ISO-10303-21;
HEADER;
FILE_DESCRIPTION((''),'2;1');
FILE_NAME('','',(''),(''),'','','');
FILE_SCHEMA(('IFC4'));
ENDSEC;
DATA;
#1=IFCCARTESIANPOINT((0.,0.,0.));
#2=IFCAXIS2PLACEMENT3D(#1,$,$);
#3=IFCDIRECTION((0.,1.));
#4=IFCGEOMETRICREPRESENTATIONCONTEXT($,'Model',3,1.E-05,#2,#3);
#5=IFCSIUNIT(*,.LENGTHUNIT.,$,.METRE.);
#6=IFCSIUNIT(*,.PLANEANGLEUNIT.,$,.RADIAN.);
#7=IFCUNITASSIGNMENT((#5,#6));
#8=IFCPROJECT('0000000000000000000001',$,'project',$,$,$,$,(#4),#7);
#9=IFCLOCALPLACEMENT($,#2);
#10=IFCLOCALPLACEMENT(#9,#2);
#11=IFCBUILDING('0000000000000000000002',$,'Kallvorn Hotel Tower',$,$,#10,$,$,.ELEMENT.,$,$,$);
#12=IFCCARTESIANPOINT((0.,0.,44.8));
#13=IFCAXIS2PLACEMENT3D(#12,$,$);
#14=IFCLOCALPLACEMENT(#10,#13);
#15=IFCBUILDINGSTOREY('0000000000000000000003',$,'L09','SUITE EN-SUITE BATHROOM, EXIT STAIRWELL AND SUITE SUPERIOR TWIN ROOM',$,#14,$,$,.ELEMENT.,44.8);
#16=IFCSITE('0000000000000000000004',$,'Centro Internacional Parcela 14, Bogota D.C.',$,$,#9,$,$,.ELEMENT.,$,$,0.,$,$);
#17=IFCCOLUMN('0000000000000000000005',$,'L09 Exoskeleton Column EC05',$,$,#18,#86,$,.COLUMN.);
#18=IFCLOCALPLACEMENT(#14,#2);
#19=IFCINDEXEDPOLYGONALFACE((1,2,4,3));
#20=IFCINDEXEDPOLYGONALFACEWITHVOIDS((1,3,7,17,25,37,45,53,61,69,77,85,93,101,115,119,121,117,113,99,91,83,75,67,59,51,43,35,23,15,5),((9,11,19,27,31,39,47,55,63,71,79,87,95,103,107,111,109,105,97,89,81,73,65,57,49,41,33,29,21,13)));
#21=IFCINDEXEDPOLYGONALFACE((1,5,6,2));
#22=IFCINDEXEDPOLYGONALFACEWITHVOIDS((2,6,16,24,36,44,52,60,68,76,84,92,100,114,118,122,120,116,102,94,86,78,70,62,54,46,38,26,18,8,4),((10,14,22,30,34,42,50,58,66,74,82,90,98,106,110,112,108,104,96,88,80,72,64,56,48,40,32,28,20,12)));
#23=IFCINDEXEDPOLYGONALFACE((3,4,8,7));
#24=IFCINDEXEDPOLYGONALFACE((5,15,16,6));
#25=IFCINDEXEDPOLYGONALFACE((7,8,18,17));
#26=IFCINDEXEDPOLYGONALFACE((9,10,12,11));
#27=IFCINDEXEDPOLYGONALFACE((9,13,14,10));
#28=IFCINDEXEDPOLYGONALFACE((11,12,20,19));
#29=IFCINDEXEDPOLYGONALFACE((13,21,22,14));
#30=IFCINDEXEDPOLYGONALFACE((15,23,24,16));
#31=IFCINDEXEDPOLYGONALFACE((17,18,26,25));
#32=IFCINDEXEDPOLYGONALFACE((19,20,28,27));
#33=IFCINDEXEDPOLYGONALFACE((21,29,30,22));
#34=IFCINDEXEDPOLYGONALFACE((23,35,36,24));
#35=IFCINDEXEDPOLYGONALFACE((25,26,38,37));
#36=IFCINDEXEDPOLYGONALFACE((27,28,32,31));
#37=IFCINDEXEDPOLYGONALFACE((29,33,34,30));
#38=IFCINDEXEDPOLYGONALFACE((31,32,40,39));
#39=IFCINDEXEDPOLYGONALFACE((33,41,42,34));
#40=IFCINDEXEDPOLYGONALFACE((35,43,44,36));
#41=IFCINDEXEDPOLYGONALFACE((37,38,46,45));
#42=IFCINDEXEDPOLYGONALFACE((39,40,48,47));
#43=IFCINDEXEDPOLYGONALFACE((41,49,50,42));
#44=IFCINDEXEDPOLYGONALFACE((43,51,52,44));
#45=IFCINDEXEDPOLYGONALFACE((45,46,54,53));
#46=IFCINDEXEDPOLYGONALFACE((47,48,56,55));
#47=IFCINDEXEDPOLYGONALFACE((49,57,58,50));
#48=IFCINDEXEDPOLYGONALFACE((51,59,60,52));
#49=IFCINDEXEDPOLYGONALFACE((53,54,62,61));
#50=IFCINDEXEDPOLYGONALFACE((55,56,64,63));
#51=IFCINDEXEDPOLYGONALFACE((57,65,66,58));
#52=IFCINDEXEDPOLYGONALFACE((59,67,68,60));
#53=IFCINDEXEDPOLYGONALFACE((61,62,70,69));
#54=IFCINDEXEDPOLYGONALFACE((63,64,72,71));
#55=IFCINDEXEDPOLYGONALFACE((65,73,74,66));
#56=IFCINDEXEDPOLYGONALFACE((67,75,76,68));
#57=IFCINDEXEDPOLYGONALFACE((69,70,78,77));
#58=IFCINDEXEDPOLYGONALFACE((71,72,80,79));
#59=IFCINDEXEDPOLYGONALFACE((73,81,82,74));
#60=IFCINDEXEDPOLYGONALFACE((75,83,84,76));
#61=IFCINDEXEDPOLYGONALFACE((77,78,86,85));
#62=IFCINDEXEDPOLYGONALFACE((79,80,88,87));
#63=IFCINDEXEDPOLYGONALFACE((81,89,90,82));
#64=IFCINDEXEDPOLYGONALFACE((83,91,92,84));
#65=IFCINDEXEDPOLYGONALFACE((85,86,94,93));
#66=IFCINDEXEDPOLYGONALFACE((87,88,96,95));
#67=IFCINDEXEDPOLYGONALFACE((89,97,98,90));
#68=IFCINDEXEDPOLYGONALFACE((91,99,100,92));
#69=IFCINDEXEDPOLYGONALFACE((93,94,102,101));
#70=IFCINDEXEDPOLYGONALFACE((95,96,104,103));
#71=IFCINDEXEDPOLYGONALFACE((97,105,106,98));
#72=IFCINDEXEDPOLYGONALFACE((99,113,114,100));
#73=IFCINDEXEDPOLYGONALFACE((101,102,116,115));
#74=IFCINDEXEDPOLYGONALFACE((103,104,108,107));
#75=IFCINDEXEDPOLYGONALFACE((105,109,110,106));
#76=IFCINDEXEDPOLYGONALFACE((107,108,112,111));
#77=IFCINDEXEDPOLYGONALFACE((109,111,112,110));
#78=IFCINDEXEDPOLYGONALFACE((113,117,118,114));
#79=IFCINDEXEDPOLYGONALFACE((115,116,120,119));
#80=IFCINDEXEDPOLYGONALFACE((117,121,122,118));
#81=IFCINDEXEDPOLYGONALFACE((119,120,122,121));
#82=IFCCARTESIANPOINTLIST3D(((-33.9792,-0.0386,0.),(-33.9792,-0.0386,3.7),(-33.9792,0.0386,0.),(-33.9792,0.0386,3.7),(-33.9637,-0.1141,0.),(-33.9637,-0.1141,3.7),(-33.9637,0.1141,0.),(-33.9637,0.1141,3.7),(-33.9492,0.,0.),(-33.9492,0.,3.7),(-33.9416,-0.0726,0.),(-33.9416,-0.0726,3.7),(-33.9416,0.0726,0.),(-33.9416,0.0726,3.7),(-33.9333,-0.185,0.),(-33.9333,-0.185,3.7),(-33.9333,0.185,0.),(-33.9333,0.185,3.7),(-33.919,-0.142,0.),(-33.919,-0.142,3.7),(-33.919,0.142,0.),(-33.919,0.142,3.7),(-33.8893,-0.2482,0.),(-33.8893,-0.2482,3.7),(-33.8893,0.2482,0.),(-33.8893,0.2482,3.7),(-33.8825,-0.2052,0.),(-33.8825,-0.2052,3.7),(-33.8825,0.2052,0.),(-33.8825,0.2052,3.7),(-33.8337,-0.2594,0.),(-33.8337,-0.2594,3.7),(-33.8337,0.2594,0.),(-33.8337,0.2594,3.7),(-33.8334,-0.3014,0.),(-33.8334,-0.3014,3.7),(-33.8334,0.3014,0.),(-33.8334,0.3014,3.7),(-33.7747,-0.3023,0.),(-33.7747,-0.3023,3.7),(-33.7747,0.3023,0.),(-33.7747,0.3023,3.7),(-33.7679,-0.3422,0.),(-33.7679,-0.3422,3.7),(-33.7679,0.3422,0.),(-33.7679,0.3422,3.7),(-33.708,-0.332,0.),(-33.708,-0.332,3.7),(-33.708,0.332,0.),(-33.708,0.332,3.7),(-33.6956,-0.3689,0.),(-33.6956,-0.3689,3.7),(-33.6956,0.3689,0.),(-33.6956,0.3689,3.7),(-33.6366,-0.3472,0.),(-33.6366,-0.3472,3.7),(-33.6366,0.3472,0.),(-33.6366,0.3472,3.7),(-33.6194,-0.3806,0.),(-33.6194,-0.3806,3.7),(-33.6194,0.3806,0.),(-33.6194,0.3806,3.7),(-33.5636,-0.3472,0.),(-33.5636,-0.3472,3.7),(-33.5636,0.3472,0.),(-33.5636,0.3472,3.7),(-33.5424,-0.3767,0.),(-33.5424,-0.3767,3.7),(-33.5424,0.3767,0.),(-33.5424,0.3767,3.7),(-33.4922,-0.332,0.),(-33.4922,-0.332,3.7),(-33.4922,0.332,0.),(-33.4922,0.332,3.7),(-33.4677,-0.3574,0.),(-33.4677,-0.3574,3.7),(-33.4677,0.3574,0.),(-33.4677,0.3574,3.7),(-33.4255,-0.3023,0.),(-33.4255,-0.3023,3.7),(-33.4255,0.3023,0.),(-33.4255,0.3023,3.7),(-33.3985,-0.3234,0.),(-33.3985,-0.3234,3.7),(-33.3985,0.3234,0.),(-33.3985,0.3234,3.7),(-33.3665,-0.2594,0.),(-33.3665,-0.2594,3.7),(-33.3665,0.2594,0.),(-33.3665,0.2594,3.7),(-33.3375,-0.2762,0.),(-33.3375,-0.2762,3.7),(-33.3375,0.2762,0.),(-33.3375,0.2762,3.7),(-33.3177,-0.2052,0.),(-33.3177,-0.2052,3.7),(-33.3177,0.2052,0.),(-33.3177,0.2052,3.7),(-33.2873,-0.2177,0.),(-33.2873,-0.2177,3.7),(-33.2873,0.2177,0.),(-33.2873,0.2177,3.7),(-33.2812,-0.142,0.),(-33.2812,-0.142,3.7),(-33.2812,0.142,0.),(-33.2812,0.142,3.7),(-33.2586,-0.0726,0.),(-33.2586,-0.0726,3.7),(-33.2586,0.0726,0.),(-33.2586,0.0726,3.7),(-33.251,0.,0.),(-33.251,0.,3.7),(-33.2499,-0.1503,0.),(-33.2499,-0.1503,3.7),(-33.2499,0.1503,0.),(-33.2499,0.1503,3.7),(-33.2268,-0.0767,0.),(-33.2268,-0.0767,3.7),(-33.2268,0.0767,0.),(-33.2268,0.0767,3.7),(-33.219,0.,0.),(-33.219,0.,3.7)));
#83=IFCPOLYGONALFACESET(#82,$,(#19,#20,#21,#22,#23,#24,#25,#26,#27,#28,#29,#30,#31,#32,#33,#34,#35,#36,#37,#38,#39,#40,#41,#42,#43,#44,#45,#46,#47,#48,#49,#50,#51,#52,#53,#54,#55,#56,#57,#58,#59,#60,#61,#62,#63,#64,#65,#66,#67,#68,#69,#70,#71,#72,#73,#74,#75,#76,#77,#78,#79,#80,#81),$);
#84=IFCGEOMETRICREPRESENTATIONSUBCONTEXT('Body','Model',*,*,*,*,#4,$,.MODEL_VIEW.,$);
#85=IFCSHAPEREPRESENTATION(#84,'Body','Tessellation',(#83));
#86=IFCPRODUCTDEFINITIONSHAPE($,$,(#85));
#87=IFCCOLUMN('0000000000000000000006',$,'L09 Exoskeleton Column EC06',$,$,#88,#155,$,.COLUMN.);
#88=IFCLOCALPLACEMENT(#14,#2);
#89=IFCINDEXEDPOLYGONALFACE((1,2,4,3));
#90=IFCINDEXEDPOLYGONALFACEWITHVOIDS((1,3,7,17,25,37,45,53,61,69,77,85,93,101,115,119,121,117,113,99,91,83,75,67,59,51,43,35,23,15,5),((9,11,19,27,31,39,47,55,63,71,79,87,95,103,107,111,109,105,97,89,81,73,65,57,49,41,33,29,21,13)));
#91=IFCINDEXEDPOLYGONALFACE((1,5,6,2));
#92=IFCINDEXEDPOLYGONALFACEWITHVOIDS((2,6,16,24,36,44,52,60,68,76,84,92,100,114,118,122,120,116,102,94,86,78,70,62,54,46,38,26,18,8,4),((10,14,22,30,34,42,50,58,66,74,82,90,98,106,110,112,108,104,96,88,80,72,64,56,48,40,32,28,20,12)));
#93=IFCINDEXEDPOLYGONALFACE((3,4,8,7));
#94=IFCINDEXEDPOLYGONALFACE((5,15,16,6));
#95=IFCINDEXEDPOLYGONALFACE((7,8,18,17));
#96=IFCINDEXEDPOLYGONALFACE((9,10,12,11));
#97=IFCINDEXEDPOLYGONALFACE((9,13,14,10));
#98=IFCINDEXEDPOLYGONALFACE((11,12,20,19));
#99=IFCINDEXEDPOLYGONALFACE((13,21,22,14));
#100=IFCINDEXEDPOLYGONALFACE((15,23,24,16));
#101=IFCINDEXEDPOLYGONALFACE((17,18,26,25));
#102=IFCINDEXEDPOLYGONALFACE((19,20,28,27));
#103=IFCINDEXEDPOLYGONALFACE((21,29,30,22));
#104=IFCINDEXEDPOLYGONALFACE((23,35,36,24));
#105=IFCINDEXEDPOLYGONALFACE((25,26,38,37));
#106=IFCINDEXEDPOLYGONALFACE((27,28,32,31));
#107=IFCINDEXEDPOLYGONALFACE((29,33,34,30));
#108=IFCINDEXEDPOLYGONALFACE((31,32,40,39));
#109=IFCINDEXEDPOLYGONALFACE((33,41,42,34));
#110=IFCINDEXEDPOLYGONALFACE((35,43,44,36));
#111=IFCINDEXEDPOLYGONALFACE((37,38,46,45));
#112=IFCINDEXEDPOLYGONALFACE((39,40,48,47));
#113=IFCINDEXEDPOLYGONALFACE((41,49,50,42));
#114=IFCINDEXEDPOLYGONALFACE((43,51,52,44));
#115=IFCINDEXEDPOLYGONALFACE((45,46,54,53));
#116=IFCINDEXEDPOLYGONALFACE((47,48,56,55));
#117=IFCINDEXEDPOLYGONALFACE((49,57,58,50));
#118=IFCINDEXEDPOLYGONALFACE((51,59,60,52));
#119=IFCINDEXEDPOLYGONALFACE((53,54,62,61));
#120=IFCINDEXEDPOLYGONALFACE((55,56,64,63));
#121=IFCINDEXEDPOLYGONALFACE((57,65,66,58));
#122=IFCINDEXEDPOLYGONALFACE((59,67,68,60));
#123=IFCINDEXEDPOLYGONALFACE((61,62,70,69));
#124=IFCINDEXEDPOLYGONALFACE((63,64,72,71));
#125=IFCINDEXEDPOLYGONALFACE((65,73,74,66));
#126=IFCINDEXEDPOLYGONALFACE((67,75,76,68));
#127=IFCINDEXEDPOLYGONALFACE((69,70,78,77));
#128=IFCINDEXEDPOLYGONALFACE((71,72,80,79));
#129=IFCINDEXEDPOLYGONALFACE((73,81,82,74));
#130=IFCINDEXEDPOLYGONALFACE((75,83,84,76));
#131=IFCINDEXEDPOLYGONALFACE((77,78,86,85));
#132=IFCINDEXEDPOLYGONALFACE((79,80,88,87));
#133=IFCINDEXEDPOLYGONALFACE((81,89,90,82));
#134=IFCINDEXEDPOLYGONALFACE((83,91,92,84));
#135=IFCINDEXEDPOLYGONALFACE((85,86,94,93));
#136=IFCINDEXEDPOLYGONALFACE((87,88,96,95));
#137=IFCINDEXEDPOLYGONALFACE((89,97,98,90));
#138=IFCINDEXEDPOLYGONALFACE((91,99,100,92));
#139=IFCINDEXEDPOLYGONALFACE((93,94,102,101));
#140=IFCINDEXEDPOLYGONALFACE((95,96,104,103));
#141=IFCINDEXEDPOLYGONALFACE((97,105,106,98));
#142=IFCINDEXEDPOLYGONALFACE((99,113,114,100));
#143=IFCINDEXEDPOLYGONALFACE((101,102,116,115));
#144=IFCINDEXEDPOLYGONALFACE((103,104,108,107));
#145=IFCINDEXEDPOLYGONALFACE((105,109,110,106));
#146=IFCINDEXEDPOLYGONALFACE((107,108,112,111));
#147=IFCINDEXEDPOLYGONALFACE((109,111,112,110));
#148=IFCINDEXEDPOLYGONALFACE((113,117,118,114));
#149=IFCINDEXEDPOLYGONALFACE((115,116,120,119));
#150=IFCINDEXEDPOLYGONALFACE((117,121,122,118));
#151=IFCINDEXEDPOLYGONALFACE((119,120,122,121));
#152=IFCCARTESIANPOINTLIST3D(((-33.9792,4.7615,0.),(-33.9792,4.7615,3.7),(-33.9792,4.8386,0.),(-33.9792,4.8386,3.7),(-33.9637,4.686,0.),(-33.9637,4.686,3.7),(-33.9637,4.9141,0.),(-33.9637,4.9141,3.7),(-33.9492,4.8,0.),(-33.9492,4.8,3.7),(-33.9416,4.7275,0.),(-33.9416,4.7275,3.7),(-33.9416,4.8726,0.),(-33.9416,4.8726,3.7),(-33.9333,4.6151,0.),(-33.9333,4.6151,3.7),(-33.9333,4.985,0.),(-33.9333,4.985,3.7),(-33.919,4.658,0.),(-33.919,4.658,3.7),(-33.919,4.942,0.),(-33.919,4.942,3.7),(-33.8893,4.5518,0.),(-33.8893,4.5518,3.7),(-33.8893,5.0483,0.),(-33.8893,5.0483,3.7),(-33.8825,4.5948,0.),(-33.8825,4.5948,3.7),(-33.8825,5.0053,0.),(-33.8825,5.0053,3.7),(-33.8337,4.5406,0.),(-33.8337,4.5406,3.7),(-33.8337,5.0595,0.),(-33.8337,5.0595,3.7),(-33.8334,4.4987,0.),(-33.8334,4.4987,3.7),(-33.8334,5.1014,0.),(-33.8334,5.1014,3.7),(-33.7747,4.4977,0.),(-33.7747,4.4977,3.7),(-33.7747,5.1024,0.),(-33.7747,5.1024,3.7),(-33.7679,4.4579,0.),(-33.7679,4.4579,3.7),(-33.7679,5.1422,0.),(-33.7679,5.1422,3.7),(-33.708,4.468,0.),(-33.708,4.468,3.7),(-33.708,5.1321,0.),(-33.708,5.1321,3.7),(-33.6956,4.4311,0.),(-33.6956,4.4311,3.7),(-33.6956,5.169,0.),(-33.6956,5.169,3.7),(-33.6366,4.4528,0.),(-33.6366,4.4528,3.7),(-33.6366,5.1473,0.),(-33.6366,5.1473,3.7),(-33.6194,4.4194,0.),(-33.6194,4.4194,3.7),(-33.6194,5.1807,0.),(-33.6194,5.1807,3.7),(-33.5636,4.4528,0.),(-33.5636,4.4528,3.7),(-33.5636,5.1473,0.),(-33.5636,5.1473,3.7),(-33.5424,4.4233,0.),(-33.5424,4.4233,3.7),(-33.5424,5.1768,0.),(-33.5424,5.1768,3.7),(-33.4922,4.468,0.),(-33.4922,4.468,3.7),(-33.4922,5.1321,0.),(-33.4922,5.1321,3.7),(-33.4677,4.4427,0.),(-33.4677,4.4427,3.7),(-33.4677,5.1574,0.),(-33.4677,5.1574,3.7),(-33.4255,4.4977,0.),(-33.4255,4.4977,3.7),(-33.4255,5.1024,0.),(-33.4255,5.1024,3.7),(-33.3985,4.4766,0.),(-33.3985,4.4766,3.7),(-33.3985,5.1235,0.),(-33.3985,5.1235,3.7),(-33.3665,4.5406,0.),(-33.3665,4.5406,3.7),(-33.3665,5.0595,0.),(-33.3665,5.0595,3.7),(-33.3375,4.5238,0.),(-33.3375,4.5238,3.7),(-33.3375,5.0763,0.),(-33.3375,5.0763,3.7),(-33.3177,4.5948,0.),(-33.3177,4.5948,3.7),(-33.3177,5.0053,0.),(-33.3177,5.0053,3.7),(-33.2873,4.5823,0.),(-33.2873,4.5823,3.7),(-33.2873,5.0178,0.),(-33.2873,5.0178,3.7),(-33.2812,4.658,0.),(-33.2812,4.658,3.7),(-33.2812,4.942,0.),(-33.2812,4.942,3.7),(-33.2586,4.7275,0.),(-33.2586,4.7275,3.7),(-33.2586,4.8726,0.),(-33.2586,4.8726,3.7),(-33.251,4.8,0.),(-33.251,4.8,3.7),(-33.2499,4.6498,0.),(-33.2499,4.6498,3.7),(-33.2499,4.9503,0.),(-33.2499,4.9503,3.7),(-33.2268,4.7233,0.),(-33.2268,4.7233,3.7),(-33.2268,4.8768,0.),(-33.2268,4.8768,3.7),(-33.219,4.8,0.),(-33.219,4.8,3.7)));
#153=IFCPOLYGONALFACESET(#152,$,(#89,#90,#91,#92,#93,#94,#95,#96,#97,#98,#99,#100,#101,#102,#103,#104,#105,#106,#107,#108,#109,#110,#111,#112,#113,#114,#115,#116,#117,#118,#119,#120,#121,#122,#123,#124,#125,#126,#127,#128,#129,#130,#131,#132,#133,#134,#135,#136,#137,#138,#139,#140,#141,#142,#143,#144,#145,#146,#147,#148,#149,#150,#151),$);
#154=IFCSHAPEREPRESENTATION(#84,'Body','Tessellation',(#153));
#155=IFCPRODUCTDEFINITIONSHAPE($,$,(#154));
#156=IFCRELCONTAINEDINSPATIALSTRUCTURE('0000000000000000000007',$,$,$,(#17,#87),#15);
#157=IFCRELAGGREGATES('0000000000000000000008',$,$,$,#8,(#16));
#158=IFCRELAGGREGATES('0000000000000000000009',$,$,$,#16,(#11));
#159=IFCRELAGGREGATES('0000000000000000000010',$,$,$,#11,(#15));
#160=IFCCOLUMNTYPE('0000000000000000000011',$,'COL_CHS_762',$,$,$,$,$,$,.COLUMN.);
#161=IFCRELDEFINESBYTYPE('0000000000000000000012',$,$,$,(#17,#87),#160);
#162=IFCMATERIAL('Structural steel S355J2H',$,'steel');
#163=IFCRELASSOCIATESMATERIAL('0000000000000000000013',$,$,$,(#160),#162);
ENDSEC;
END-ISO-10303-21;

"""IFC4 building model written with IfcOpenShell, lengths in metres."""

from ifc_helpers import new_model, si_unit, direction, frame, origin, origin_2d, place, context, subcontext, project, spatial, hollow_circle, extrude, material, material_profile, profile_set, type_object, element, save


model = new_model("IFC4")

# Units and contexts
model_context = context("Model", 3, precision=1e-05, world=origin(), true_north=direction((0.0, 1.0)))
body_context = subcontext(model_context, "Body", "Model", "MODEL_VIEW")
ifc_project = project(units=[si_unit("LENGTHUNIT", "METRE"), si_unit("PLANEANGLEUNIT", "RADIAN")], contexts=[model_context])

# Site, building, storey
site_placement = place(None, origin())
site = spatial("IfcSite", under=ifc_project, at=site_placement, Name="Centro Internacional Parcela 14, Bogota D.C.", CompositionType="ELEMENT", RefElevation=0.0)
building_placement = place(site_placement, origin())
building = spatial("IfcBuilding", under=site, at=building_placement, Name="Kallvorn Hotel Tower", CompositionType="ELEMENT")
storey_placement = place(building_placement, frame((0.0, 0.0, 44.8)))
storey = spatial("IfcBuildingStorey", under=building, at=storey_placement, Name="L09", Description="SUITE EN-SUITE BATHROOM, EXIT STAIRWELL AND SUITE SUPERIOR TWIN ROOM", CompositionType="ELEMENT", Elevation=44.8)

# Columns
ifc_material_1 = material(Name="Structural steel S355J2H", Category="steel")
ifc_material_profile_1 = material_profile(ifc_material_1, hollow_circle(Radius=0.3811, WallThickness=0.032, at=origin_2d()), Name="CHS 762x32")
ifc_profile_set_1 = profile_set([ifc_material_profile_1], Name="Structural steel S355J2H")
column_type = type_object("IfcColumnType", Name="COL_CHS_762", PredefinedType="COLUMN", material=ifc_profile_set_1)
for number, where, z_axis, x_axis, name in (
    (1, (-33.6001, 0.0, 0.0), (0.0, 0.0, 1.0), (1.0, 0.0, 0.0), "L09 Exoskeleton Column EC05"),
    (2, (-33.6001, 4.8, 0.0), (0.0, 0.0, 1.0), (1.0, 0.0, 0.0), "L09 Exoskeleton Column EC06"),
):
    element("IfcColumn", number, at=place(storey_placement, frame(where, z_axis=z_axis, x_axis=x_axis)), inside=storey, type_object=column_type, Name=name, PredefinedType="COLUMN", context=body_context, shape_type="SweptSolid", body=[
        extrude(hollow_circle(Radius=0.3811, WallThickness=0.032, at=origin_2d()), origin(), (0.0, 0.0, 1.0), 3.7),
    ])

save(model, "model.ifc")
